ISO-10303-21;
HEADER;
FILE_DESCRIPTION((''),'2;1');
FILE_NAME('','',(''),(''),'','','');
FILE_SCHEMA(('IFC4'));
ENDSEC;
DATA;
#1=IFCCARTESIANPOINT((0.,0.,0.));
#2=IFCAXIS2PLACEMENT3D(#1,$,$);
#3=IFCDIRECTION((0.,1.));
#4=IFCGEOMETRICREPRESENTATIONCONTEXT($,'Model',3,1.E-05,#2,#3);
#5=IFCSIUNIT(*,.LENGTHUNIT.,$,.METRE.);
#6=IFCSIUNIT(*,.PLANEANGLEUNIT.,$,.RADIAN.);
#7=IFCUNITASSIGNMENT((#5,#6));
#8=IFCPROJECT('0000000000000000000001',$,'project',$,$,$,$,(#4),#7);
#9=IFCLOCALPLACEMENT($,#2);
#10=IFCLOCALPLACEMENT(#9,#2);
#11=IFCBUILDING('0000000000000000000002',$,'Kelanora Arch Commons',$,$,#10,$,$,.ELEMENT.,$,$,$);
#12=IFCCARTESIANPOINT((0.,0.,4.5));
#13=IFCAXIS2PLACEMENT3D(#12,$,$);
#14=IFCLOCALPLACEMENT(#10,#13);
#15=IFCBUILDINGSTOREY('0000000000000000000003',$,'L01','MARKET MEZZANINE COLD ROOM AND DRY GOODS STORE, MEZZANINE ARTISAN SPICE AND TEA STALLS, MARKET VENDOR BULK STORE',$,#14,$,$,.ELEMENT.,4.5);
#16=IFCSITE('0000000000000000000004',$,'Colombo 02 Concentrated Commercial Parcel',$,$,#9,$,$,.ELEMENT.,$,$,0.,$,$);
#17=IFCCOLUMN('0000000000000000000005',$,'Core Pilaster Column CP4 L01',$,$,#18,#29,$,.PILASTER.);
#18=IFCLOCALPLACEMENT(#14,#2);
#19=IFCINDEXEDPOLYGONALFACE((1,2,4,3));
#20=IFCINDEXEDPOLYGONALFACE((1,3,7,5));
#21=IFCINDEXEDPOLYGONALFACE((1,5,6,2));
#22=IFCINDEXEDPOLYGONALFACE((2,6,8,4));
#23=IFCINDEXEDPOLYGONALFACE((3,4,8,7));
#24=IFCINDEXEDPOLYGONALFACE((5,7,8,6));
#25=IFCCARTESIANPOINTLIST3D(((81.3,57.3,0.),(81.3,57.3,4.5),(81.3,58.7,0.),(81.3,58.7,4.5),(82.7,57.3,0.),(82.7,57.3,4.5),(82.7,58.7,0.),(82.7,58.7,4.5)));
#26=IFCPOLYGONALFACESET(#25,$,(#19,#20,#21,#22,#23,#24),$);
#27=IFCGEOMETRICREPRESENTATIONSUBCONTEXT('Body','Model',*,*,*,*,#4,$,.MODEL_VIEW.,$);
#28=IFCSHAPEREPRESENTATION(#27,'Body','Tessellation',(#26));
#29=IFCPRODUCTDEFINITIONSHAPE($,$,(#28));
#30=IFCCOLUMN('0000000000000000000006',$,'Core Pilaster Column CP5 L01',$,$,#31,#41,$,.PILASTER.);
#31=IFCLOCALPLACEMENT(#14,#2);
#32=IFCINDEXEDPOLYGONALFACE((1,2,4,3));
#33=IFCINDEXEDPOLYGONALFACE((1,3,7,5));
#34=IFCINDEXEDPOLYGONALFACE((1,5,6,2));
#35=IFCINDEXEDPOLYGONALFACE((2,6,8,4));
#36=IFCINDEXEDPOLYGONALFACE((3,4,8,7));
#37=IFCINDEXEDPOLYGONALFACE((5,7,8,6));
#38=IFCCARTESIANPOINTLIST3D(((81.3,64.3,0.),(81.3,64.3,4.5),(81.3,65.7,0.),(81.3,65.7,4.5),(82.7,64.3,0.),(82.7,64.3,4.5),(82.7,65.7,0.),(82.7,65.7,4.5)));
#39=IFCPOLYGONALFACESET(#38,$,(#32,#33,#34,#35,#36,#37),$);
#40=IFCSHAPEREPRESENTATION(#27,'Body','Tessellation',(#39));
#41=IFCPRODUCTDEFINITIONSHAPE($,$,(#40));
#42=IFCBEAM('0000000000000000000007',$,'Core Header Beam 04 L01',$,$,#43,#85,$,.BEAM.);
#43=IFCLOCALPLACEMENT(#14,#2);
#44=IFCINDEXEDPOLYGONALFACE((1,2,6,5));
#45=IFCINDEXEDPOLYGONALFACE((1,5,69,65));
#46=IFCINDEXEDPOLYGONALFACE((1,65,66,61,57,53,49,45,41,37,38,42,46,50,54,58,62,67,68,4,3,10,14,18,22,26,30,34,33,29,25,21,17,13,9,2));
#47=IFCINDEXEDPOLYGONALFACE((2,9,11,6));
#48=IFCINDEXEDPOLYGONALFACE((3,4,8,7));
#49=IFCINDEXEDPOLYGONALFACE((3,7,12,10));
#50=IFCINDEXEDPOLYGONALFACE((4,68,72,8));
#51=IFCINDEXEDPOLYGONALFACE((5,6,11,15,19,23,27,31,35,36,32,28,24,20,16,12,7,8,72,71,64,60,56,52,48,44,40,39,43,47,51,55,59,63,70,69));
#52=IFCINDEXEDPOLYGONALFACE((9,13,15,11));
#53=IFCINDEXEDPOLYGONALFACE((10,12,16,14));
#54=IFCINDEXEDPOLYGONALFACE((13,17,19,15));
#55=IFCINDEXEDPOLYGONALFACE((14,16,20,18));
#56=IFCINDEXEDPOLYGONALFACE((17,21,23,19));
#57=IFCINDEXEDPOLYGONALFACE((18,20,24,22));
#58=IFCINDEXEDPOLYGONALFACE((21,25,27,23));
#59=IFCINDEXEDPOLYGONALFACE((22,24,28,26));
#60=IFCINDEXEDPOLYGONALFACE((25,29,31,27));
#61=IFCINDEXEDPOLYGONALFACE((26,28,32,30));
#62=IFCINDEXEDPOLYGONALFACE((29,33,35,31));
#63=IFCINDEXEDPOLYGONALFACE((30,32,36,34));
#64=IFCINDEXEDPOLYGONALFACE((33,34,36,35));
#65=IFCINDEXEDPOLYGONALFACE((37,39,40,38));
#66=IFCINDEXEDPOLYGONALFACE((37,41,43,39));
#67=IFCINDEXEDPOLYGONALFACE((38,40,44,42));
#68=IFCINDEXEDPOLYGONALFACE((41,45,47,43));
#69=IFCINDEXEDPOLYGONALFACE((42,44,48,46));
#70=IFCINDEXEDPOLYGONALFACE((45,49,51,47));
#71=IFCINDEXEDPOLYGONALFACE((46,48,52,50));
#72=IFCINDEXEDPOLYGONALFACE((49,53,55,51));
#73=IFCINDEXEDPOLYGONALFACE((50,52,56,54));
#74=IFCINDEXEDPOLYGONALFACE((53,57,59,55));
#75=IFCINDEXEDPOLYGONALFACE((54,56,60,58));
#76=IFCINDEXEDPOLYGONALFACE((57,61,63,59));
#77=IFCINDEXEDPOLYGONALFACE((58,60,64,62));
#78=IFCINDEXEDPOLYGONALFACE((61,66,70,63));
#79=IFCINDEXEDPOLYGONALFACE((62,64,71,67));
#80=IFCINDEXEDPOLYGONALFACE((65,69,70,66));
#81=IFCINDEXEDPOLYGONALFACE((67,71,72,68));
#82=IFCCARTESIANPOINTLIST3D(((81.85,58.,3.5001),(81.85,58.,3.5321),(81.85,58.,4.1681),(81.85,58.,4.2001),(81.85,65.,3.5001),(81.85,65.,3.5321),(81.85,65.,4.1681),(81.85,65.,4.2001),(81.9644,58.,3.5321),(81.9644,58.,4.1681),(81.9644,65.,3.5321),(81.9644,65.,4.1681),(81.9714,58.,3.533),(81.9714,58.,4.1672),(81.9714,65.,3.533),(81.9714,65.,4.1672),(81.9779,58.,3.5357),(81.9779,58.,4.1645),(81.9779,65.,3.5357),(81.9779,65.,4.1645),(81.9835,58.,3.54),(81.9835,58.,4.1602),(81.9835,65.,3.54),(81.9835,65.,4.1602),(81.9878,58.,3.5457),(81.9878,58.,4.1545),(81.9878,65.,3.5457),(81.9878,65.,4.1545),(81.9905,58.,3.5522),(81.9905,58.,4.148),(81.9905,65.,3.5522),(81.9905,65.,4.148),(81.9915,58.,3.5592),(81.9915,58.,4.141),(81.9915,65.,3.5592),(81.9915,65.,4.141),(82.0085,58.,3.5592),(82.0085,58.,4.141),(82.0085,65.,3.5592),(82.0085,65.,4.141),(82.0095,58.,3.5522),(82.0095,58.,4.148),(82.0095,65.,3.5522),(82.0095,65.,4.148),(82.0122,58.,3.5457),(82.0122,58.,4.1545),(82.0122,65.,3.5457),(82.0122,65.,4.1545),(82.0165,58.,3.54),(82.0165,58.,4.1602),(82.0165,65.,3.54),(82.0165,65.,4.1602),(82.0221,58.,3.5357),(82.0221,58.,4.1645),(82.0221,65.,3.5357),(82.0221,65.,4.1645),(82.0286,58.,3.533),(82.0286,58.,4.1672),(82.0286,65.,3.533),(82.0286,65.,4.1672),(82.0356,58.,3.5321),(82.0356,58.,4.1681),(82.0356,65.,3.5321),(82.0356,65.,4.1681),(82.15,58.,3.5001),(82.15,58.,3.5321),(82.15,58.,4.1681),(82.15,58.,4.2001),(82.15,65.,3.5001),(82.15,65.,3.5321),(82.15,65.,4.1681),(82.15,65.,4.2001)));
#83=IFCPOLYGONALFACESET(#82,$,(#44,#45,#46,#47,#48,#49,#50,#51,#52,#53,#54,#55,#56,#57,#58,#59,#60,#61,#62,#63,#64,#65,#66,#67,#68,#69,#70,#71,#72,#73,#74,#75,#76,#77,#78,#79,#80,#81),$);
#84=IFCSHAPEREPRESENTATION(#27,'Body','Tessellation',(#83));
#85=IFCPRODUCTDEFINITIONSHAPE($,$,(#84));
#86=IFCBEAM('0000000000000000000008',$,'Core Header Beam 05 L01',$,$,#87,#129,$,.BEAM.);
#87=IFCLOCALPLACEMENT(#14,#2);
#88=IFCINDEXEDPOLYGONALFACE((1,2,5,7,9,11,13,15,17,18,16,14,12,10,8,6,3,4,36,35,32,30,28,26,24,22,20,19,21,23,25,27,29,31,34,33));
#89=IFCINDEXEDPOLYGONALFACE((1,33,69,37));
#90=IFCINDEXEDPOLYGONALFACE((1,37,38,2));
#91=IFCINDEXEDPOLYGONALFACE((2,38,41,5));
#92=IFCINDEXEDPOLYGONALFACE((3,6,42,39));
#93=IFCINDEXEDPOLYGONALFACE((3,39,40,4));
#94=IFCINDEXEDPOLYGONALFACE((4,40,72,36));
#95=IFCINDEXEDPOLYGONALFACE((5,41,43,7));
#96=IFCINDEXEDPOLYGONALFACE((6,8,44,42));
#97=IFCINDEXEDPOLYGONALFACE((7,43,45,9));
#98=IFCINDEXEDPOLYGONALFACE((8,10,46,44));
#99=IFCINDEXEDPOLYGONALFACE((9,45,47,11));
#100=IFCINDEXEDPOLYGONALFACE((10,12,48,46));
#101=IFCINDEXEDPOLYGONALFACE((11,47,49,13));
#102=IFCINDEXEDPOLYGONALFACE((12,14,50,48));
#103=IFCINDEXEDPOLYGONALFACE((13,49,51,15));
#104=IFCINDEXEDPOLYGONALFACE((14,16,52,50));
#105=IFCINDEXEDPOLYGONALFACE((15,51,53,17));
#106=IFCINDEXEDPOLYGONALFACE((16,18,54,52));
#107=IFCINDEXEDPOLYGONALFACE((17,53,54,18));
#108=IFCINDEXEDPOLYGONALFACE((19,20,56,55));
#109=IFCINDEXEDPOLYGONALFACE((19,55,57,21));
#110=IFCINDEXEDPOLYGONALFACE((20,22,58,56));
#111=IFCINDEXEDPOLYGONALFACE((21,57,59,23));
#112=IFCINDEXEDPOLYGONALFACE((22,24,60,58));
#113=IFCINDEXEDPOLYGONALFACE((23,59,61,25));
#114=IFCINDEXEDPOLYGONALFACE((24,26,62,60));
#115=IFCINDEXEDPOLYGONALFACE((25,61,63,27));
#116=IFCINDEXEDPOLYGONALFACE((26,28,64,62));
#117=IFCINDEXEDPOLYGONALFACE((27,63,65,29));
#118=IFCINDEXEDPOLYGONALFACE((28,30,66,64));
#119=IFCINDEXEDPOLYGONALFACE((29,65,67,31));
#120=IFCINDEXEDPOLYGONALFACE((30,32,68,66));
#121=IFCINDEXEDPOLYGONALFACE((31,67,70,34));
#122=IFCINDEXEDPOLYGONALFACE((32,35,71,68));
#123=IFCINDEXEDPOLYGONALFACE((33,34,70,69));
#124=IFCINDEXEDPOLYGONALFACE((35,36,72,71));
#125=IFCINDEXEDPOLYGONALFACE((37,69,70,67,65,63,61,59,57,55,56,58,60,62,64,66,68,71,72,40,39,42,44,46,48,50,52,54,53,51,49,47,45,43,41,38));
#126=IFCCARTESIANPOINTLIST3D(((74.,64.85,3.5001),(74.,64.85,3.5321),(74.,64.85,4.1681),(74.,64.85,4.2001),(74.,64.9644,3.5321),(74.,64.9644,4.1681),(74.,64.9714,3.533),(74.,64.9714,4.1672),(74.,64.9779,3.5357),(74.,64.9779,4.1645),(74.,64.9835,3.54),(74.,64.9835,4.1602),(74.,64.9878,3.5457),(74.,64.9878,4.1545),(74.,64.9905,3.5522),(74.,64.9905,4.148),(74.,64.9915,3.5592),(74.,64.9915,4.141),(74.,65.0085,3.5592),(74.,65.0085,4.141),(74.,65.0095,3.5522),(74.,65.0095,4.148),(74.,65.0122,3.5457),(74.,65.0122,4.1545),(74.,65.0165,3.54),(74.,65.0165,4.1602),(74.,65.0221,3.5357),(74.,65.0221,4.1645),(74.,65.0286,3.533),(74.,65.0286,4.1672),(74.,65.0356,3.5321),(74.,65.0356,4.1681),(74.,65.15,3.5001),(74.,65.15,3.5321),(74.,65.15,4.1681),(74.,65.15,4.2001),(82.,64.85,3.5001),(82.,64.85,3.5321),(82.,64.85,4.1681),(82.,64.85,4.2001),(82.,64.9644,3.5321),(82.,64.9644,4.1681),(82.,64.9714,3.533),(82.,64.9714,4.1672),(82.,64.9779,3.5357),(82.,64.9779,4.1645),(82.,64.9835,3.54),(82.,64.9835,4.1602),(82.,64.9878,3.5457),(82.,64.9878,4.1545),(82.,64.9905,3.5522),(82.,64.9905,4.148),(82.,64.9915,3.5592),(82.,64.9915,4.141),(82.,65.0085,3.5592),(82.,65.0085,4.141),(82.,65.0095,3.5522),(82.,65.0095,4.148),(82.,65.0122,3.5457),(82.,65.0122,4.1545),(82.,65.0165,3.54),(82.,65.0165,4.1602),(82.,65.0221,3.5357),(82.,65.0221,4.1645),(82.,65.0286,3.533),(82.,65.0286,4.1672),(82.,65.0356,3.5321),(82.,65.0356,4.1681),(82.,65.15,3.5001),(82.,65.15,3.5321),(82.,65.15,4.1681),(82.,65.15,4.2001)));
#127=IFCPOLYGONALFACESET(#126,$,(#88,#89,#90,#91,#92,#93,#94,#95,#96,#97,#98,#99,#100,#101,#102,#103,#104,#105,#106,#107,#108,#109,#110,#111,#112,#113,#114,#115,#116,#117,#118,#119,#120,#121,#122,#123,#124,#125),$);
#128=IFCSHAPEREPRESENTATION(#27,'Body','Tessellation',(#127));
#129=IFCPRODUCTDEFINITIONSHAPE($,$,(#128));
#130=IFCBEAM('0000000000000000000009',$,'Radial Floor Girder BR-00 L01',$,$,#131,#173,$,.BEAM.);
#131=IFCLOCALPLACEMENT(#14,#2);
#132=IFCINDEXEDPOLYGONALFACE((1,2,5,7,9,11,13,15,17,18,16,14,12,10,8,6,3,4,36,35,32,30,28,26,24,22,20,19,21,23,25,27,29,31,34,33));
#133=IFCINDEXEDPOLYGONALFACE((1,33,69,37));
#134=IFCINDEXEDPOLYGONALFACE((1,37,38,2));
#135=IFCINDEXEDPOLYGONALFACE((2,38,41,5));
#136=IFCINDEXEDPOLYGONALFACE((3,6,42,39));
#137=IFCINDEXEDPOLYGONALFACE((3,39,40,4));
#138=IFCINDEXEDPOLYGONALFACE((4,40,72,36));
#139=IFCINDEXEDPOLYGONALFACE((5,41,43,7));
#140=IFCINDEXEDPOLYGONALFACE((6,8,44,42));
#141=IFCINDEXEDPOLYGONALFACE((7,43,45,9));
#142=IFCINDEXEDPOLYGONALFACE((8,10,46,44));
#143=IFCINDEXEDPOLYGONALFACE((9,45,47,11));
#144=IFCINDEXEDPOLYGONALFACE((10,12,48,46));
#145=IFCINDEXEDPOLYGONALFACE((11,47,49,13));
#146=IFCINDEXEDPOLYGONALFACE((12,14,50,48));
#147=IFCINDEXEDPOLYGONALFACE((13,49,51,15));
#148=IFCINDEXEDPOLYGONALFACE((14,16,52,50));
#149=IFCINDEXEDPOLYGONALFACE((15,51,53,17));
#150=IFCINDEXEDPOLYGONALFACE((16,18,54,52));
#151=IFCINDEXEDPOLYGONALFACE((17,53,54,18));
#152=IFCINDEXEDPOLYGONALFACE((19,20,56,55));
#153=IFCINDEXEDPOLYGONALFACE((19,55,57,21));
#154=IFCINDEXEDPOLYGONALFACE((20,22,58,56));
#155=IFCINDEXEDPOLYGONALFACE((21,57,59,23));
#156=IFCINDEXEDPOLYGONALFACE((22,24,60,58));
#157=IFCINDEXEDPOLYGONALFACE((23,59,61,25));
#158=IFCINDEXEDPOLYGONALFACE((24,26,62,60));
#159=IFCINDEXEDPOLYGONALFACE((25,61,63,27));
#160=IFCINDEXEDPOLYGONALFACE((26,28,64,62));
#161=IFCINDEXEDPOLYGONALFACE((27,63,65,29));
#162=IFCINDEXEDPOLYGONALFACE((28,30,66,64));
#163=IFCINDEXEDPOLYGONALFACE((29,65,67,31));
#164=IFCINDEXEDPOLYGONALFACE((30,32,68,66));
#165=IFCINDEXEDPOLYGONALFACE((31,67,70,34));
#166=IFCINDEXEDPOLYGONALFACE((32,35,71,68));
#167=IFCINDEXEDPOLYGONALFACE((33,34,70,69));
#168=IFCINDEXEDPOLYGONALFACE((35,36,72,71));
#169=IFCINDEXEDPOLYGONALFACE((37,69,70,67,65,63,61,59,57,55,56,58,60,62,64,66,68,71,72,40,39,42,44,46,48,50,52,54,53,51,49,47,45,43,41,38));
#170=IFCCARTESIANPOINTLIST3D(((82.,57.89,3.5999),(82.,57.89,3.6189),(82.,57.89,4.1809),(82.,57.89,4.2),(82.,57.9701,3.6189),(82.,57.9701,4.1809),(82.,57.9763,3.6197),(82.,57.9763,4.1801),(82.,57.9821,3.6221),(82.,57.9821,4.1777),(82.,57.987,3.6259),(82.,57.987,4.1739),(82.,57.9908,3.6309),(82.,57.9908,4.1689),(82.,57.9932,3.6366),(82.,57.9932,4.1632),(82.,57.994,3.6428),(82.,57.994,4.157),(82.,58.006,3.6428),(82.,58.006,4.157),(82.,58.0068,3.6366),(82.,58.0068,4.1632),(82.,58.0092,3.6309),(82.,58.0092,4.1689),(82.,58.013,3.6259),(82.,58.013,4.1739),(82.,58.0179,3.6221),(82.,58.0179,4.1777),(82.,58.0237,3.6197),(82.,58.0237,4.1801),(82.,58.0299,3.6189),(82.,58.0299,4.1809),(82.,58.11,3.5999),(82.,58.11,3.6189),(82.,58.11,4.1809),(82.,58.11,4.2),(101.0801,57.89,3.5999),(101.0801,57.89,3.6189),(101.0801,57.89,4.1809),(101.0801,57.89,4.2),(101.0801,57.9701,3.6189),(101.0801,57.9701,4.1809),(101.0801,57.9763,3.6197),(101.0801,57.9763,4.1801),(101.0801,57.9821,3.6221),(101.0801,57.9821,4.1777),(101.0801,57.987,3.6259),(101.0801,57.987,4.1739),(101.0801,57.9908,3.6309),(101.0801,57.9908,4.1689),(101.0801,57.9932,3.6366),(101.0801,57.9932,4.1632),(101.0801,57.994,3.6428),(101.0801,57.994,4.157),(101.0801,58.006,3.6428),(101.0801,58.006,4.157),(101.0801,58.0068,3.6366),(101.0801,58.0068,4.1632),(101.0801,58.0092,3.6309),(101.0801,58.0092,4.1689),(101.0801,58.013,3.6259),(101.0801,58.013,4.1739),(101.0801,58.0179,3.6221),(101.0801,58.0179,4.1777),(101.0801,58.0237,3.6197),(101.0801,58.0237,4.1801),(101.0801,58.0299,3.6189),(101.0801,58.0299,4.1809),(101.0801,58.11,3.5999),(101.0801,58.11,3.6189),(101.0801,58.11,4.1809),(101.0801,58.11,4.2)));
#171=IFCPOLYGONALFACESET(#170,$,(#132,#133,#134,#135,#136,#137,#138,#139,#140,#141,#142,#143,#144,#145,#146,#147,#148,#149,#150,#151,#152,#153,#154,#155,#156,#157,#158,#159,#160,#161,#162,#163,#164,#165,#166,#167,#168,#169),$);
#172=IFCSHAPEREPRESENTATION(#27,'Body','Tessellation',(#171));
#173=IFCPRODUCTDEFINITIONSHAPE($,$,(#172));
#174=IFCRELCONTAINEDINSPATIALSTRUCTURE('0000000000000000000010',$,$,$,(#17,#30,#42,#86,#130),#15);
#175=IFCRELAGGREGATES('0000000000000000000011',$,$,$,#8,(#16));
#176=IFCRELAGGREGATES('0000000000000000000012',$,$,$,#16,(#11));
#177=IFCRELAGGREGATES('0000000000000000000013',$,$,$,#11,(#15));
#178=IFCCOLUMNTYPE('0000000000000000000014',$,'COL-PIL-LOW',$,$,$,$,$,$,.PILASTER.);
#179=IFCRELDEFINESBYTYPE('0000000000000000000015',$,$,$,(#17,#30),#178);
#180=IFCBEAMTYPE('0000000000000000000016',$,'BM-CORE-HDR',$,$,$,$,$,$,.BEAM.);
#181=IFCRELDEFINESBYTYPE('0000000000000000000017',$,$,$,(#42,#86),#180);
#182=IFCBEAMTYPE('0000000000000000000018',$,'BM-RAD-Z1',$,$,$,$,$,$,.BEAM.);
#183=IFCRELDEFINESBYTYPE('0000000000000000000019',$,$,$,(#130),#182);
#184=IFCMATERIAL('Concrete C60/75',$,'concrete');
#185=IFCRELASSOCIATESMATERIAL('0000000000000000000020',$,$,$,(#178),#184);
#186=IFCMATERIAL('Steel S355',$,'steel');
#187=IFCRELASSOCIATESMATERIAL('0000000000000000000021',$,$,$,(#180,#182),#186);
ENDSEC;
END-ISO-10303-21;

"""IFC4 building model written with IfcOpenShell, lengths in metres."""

from ifc_helpers import new_model, si_unit, direction, frame, origin, origin_2d, place, context, subcontext, project, spatial, rectangle, i_section, extrude, material, material_profile, profile_set, type_object, element, save


model = new_model("IFC4")

# Units and contexts
model_context = context("Model", 3, precision=1e-05, world=origin(), true_north=direction((0.0, 1.0)))
body_context = subcontext(model_context, "Body", "Model", "MODEL_VIEW")
ifc_project = project(units=[si_unit("LENGTHUNIT", "METRE"), si_unit("PLANEANGLEUNIT", "RADIAN")], contexts=[model_context])

# Site, building, storey
site_placement = place(None, origin())
site = spatial("IfcSite", under=ifc_project, at=site_placement, Name="Colombo 02 Concentrated Commercial Parcel", CompositionType="ELEMENT", RefElevation=0.0)
building_placement = place(site_placement, origin())
building = spatial("IfcBuilding", under=site, at=building_placement, Name="Kelanora Arch Commons", CompositionType="ELEMENT")
storey_placement = place(building_placement, frame((0.0, 0.0, 4.5)))
storey = spatial("IfcBuildingStorey", under=building, at=storey_placement, Name="L01", Description="MARKET MEZZANINE COLD ROOM AND DRY GOODS STORE, MEZZANINE ARTISAN SPICE AND TEA STALLS, MARKET VENDOR BULK STORE", CompositionType="ELEMENT", Elevation=4.5)

# Columns
ifc_material_1 = material(Name="Concrete C60/75", Category="concrete")
ifc_material_profile_1 = material_profile(ifc_material_1, rectangle(XDim=1.3999, YDim=1.3999, at=origin_2d()), Name="RC1400x1400")
ifc_profile_set_1 = profile_set([ifc_material_profile_1], Name="Concrete C60/75")
column_type = type_object("IfcColumnType", Name="COL-PIL-LOW", PredefinedType="PILASTER", material=ifc_profile_set_1)
for number, where, z_axis, x_axis, name in (
    (1, (82.0, 58.0, 0.0), (0.0, 0.0, 1.0), (1.0, 0.0, 0.0), "Core Pilaster Column CP4 L01"),
    (2, (82.0, 65.0, 0.0), (0.0, 0.0, 1.0), (1.0, 0.0, 0.0), "Core Pilaster Column CP5 L01"),
):
    element("IfcColumn", number, at=place(storey_placement, frame(where, z_axis=z_axis, x_axis=x_axis)), inside=storey, type_object=column_type, Name=name, PredefinedType="PILASTER", context=body_context, shape_type="SweptSolid", body=[
        extrude(rectangle(XDim=1.3999, YDim=1.3999, at=origin_2d()), origin(), (0.0, 0.0, 1.0), 4.5),
    ])

# Beams
ifc_material_2 = material(Name="Steel S355", Category="steel")
ifc_material_profile_2 = material_profile(ifc_material_2, i_section(OverallWidth=0.3, OverallDepth=0.7, WebThickness=0.0171, FlangeThickness=0.032, FilletRadius=0.0271, at=origin_2d()), Name="HEB700")
ifc_profile_set_2 = profile_set([ifc_material_profile_2], Name="Steel S355")
beam_type_1 = type_object("IfcBeamType", Name="BM-CORE-HDR", PredefinedType="BEAM", material=ifc_profile_set_2)
beam_1_placement = place(storey_placement, frame((82.0, 58.0, 3.8501), z_axis=(0.0, 1.0, 0.0), x_axis=(-1.0, 0.0, 0.0)))
element("IfcBeam", 3, at=beam_1_placement, inside=storey, type_object=beam_type_1, Name="Core Header Beam 04 L01", PredefinedType="BEAM", context=body_context, shape_type="SweptSolid", body=[
    extrude(i_section(OverallWidth=0.3, OverallDepth=0.7, WebThickness=0.0171, FlangeThickness=0.032, FilletRadius=0.0271, at=origin_2d()), origin(), (0.0, 0.0, 1.0), 7.0),
])
beam_2_placement = place(storey_placement, frame((82.0, 65.0, 3.8501), z_axis=(-1.0, 0.0, 0.0), x_axis=(0.0, -1.0, 0.0)))
element("IfcBeam", 4, at=beam_2_placement, inside=storey, type_object=beam_type_1, Name="Core Header Beam 05 L01", PredefinedType="BEAM", context=body_context, shape_type="SweptSolid", body=[
    extrude(i_section(OverallWidth=0.3, OverallDepth=0.7, WebThickness=0.0171, FlangeThickness=0.032, FilletRadius=0.0271, at=origin_2d()), origin(), (0.0, 0.0, 1.0), 8.0),
])
ifc_material_profile_3 = material_profile(ifc_material_2, i_section(OverallWidth=0.22, OverallDepth=0.6001, WebThickness=0.012, FlangeThickness=0.019, FilletRadius=0.0239, at=origin_2d()), Name="IPE600")
ifc_profile_set_3 = profile_set([ifc_material_profile_3], Name="Steel S355")
beam_type_2 = type_object("IfcBeamType", Name="BM-RAD-Z1", PredefinedType="BEAM", material=ifc_profile_set_3)
beam_3_placement = place(storey_placement, frame((82.0, 58.0, 3.8999), z_axis=(1.0, 0.0, 0.0), x_axis=(0.0, 1.0, 0.0)))
element("IfcBeam", 5, at=beam_3_placement, inside=storey, type_object=beam_type_2, Name="Radial Floor Girder BR-00 L01", PredefinedType="BEAM", context=body_context, shape_type="SweptSolid", body=[
    extrude(i_section(OverallWidth=0.22, OverallDepth=0.6001, WebThickness=0.012, FlangeThickness=0.019, FilletRadius=0.0239, at=origin_2d()), origin(), (0.0, 0.0, 1.0), 19.0801),
])

save(model, "model.ifc")
